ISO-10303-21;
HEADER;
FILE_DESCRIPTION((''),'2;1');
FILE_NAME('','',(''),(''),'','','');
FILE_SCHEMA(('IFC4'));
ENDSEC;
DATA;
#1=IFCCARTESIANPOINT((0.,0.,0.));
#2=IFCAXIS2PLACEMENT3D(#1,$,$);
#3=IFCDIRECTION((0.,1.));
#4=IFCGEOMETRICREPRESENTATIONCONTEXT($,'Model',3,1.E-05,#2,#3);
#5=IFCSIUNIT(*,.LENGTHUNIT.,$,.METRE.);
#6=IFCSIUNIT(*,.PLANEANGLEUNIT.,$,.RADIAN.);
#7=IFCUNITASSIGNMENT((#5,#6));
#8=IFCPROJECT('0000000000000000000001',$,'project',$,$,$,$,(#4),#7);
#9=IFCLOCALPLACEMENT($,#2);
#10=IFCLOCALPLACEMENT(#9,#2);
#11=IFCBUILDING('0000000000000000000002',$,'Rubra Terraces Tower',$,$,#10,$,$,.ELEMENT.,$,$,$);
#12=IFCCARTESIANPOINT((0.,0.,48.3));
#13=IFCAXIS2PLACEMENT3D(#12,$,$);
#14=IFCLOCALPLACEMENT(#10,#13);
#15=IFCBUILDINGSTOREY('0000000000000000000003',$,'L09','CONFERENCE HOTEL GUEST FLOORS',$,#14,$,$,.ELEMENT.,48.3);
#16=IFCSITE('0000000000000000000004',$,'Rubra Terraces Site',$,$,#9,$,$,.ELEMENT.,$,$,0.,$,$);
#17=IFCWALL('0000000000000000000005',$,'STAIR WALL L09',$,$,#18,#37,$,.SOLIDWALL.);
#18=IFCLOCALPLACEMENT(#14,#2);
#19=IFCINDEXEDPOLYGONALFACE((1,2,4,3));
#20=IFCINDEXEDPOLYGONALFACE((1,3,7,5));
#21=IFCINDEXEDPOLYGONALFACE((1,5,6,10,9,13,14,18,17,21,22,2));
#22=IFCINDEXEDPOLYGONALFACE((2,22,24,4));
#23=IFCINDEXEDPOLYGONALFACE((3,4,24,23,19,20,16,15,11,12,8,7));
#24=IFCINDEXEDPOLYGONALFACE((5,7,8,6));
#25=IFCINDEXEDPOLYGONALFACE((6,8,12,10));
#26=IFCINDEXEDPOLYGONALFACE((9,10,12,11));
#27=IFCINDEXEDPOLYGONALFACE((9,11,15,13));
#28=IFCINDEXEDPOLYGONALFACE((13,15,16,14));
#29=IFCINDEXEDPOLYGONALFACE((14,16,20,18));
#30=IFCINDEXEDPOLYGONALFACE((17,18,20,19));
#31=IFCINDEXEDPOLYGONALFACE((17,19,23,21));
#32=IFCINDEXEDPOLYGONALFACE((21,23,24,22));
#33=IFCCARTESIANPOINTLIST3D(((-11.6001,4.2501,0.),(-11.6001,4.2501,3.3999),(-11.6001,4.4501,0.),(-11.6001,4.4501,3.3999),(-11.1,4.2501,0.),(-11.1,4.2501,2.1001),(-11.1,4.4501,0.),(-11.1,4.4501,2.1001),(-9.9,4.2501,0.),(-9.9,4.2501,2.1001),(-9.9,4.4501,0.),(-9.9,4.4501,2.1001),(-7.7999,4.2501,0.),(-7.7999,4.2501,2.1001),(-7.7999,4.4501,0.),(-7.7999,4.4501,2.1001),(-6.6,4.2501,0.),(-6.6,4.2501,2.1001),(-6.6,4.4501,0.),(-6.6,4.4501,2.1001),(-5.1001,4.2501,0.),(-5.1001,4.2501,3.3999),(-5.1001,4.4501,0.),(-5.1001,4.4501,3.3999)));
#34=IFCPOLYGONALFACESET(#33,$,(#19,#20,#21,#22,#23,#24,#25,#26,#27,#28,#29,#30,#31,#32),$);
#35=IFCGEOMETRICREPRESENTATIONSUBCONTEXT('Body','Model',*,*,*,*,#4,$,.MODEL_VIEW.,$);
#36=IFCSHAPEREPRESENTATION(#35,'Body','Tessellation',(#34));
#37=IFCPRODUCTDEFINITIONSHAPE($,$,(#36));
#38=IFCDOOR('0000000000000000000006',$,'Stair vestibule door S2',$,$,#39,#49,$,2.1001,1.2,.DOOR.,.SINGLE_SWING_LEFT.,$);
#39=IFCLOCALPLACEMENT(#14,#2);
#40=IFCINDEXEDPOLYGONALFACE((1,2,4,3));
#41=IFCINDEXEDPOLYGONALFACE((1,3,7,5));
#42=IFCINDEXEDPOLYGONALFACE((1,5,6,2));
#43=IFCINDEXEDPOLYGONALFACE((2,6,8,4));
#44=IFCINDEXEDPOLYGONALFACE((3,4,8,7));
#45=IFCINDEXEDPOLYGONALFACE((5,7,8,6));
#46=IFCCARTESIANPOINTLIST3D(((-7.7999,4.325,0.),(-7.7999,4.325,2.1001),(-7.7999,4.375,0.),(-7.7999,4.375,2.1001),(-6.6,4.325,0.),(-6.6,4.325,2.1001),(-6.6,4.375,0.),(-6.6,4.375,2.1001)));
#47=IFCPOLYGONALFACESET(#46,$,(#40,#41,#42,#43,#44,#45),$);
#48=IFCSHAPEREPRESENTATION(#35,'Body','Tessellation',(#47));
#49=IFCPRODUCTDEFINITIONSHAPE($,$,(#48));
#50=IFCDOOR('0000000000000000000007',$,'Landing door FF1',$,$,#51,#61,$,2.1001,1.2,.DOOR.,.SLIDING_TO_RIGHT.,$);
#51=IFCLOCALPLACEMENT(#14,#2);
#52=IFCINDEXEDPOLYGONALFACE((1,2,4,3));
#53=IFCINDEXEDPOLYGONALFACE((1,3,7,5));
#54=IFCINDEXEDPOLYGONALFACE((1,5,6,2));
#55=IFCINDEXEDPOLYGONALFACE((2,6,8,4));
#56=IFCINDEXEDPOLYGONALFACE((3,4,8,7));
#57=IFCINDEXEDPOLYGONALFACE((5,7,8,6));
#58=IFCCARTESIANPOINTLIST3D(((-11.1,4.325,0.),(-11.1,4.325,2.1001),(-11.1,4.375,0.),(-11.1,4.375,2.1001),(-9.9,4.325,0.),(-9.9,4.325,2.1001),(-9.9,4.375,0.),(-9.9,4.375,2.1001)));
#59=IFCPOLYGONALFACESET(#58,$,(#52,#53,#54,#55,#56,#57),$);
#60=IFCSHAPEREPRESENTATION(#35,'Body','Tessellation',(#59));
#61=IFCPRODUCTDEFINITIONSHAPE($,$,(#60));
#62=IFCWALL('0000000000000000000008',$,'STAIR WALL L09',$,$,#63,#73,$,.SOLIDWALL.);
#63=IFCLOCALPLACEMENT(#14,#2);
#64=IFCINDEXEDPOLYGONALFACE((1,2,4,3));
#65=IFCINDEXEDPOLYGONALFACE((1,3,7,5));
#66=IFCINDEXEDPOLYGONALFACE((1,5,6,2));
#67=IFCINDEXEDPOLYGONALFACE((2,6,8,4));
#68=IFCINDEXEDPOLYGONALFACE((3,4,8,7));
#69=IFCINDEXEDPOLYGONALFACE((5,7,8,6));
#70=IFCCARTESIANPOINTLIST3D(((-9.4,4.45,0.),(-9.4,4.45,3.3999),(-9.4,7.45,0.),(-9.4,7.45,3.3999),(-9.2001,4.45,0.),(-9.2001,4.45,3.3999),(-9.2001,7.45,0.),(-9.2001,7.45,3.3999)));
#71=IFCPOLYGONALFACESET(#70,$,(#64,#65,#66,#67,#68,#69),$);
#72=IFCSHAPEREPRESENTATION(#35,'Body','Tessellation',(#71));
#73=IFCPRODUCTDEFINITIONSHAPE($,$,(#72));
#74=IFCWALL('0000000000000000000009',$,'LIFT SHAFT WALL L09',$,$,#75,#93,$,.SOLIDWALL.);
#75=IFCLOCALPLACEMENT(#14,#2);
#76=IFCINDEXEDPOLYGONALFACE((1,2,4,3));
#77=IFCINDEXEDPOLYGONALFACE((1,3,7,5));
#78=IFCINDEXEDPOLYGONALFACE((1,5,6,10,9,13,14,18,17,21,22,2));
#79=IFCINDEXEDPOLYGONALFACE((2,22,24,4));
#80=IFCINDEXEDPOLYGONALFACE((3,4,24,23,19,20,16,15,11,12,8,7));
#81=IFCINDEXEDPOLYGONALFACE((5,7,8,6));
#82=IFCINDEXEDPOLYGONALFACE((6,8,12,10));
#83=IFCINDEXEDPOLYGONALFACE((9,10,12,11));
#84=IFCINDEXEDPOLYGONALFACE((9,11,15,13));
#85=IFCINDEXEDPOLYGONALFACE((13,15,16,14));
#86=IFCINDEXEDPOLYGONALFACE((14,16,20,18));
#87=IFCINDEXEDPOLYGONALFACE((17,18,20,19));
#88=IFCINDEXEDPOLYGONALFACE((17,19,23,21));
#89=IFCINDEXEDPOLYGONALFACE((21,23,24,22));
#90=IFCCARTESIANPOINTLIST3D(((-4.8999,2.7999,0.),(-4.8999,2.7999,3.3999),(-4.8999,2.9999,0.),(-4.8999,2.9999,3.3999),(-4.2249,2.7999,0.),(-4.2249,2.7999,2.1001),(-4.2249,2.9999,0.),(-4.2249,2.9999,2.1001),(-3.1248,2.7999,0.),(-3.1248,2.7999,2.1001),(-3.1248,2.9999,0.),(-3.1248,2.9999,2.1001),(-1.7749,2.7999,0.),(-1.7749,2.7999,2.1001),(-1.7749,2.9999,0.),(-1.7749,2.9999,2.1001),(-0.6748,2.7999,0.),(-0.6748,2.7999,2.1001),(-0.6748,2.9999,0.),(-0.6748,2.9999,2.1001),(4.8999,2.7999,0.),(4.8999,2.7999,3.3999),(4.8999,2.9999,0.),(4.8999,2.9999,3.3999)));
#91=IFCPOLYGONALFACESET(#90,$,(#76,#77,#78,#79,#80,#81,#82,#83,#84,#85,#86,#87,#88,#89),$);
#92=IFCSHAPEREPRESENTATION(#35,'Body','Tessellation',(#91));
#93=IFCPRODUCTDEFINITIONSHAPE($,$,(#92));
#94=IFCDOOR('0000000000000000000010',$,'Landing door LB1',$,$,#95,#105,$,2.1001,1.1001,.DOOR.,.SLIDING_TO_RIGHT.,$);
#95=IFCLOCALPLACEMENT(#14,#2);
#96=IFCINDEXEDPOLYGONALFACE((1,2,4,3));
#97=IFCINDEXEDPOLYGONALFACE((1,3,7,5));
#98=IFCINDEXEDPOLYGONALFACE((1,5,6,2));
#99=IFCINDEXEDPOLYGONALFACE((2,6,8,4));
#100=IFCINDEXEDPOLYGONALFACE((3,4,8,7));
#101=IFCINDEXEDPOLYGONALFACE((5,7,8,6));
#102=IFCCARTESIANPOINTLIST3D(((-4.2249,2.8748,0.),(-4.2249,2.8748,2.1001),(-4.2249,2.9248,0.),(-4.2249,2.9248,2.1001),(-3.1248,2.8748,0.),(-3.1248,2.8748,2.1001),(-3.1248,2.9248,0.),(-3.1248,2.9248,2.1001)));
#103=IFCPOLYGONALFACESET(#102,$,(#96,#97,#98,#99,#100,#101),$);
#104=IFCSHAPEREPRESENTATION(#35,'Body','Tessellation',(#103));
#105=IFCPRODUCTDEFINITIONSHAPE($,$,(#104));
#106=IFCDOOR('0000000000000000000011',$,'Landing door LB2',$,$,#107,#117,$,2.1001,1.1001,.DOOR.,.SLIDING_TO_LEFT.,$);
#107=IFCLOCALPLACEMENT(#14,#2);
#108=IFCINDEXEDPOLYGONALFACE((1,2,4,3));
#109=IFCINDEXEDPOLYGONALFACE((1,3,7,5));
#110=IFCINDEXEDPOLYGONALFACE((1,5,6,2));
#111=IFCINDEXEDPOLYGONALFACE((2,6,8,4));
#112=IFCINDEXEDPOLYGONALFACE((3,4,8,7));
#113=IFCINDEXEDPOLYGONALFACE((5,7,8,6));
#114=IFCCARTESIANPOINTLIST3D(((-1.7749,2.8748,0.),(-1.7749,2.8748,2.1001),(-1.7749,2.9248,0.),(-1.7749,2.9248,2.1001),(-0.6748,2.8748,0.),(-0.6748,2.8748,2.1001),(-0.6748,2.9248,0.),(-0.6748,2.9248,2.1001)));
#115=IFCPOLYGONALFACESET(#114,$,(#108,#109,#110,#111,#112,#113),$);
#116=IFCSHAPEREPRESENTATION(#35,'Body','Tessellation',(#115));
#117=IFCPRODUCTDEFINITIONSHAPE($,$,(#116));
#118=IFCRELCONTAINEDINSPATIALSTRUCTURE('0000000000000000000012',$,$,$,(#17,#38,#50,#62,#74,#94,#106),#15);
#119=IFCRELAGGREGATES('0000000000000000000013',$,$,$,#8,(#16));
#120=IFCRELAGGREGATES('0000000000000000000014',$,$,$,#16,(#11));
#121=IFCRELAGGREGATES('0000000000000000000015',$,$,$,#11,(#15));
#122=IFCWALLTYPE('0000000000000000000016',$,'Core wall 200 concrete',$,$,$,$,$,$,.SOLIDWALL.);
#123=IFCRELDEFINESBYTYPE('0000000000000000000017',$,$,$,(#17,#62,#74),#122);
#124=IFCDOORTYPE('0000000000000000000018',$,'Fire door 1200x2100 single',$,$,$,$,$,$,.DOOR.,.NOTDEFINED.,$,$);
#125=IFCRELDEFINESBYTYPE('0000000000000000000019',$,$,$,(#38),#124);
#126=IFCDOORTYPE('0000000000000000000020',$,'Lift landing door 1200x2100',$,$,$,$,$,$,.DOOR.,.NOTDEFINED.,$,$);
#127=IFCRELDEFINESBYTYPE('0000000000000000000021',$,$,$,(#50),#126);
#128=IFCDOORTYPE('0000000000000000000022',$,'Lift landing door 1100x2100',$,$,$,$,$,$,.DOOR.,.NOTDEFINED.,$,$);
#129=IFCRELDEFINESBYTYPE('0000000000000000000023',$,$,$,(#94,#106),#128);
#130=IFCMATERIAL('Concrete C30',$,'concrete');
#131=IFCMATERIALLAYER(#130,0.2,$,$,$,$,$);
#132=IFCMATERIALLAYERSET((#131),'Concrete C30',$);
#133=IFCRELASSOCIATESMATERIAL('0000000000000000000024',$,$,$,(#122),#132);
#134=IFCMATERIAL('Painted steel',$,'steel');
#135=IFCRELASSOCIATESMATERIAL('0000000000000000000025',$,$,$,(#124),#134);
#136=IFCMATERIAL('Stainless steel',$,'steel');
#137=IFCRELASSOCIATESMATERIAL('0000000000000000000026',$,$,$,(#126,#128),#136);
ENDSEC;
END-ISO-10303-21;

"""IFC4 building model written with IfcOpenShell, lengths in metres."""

from ifc_helpers import new_model, si_unit, direction, frame, frame_2d, origin, place, context, subcontext, project, spatial, rectangle, extrude, material, layer, layer_set, type_object, element, fill, save


model = new_model("IFC4")

# Units and contexts
model_context = context("Model", 3, precision=1e-05, world=origin(), true_north=direction((0.0, 1.0)))
body_context = subcontext(model_context, "Body", "Model", "MODEL_VIEW")
ifc_project = project(units=[si_unit("LENGTHUNIT", "METRE"), si_unit("PLANEANGLEUNIT", "RADIAN")], contexts=[model_context])

# Site, building, storey
site_placement = place(None, origin())
site = spatial("IfcSite", under=ifc_project, at=site_placement, Name="Rubra Terraces Site", CompositionType="ELEMENT", RefElevation=0.0)
building_placement = place(site_placement, origin())
building = spatial("IfcBuilding", under=site, at=building_placement, Name="Rubra Terraces Tower", CompositionType="ELEMENT")
storey_placement = place(building_placement, frame((0.0, 0.0, 48.3)))
storey = spatial("IfcBuildingStorey", under=building, at=storey_placement, Name="L09", Description="CONFERENCE HOTEL GUEST FLOORS", CompositionType="ELEMENT", Elevation=48.3)

# Wall, openings, doors
ifc_material_1 = material(Name="Concrete C30", Category="concrete")
ifc_layer_1 = layer(ifc_material_1, 0.2)
ifc_layer_set_1 = layer_set([ifc_layer_1], Name="Concrete C30")
wall_type_1 = type_object("IfcWallType", Name="Core wall 200 concrete", PredefinedType="SOLIDWALL", material=ifc_layer_set_1)
wall_1_placement = place(storey_placement, frame((-11.6001, 4.3501, 0.0), z_axis=(0.0, 0.0, 1.0), x_axis=(1.0, 0.0, 0.0)))
wall_1 = element("IfcWall", 1, at=wall_1_placement, inside=storey, type_object=wall_type_1, Name="STAIR WALL L09", PredefinedType="SOLIDWALL", context=body_context, shape_type="SweptSolid", body=[
    extrude(rectangle(XDim=6.5, YDim=0.2, at=frame_2d((3.25, 0.0))), origin(), (0.0, 0.0, 1.0), 3.3999),
])
opening_1_placement = place(wall_1_placement, frame((3.8, 0.0, 0.0)))
opening_1 = element("IfcOpeningElement", 2, at=opening_1_placement, cuts=wall_1, PredefinedType="OPENING", context=body_context, shape_type="SweptSolid", body=[
    extrude(rectangle(XDim=1.2, YDim=2.1001, at=frame_2d((0.6001, 1.05))), frame((0.0, 0.1099, 0.0), z_axis=(0.0, -1.0, 0.0), x_axis=(1.0, 0.0, 0.0)), (0.0, 0.0, 1.0), 0.22),
])
opening_2_placement = place(wall_1_placement, frame((0.5, 0.0, 0.0)))
opening_2 = element("IfcOpeningElement", 3, at=opening_2_placement, cuts=wall_1, PredefinedType="OPENING", context=body_context, shape_type="SweptSolid", body=[
    extrude(rectangle(XDim=1.2, YDim=2.1001, at=frame_2d((0.6001, 1.05))), frame((0.0, 0.1099, 0.0), z_axis=(0.0, -1.0, 0.0), x_axis=(1.0, 0.0, 0.0)), (0.0, 0.0, 1.0), 0.22),
])
ifc_material_2 = material(Name="Painted steel", Category="steel")
door_type_1 = type_object("IfcDoorType", Name="Fire door 1200x2100 single", OperationType="NOTDEFINED", PredefinedType="DOOR", material=ifc_material_2)
door_1_placement = place(opening_1_placement, origin())
door_1 = element("IfcDoor", 4, at=door_1_placement, inside=storey, type_object=door_type_1, Name="Stair vestibule door S2", OperationType="SINGLE_SWING_LEFT", OverallHeight=2.1001, OverallWidth=1.2, PredefinedType="DOOR", context=body_context, shape_type="SweptSolid", body=[
    extrude(rectangle(XDim=1.2, YDim=2.1001, at=frame_2d((0.6001, 1.05))), frame((0.0, 0.0249, 0.0), z_axis=(0.0, -1.0, 0.0), x_axis=(1.0, 0.0, 0.0)), (0.0, 0.0, 1.0), 0.05),
])
fill(opening_1, door_1)
ifc_material_3 = material(Name="Stainless steel", Category="steel")
door_type_2 = type_object("IfcDoorType", Name="Lift landing door 1200x2100", OperationType="NOTDEFINED", PredefinedType="DOOR", material=ifc_material_3)
door_2_placement = place(opening_2_placement, origin())
door_2 = element("IfcDoor", 5, at=door_2_placement, inside=storey, type_object=door_type_2, Name="Landing door FF1", OperationType="SLIDING_TO_RIGHT", OverallHeight=2.1001, OverallWidth=1.2, PredefinedType="DOOR", context=body_context, shape_type="SweptSolid", body=[
    extrude(rectangle(XDim=1.2, YDim=2.1001, at=frame_2d((0.6001, 1.05))), frame((0.0, 0.0249, 0.0), z_axis=(0.0, -1.0, 0.0), x_axis=(1.0, 0.0, 0.0)), (0.0, 0.0, 1.0), 0.05),
])
fill(opening_2, door_2)

# Wall
wall_2_placement = place(storey_placement, frame((-9.3, 4.45, 0.0), z_axis=(0.0, 0.0, 1.0), x_axis=(0.0, 1.0, 0.0)))
element("IfcWall", 6, at=wall_2_placement, inside=storey, type_object=wall_type_1, Name="STAIR WALL L09", PredefinedType="SOLIDWALL", context=body_context, shape_type="SweptSolid", body=[
    extrude(rectangle(XDim=3.0, YDim=0.2, at=frame_2d((1.5, 0.0))), origin(), (0.0, 0.0, 1.0), 3.3999),
])

# Wall, openings, doors
wall_3_placement = place(storey_placement, frame((-4.8999, 2.8999, 0.0), z_axis=(0.0, 0.0, 1.0), x_axis=(1.0, 0.0, 0.0)))
wall_3 = element("IfcWall", 7, at=wall_3_placement, inside=storey, type_object=wall_type_1, Name="LIFT SHAFT WALL L09", PredefinedType="SOLIDWALL", context=body_context, shape_type="SweptSolid", body=[
    extrude(rectangle(XDim=9.7998, YDim=0.2, at=frame_2d((4.8999, 0.0))), origin(), (0.0, 0.0, 1.0), 3.3999),
])
opening_3_placement = place(wall_3_placement, frame((0.675, 0.0, 0.0)))
opening_3 = element("IfcOpeningElement", 8, at=opening_3_placement, cuts=wall_3, PredefinedType="OPENING", context=body_context, shape_type="SweptSolid", body=[
    extrude(rectangle(XDim=1.1001, YDim=2.1001, at=frame_2d((0.55, 1.05))), frame((0.0, 0.1099, 0.0), z_axis=(0.0, -1.0, 0.0), x_axis=(1.0, 0.0, 0.0)), (0.0, 0.0, 1.0), 0.22),
])
opening_4_placement = place(wall_3_placement, frame((3.125, 0.0, 0.0)))
opening_4 = element("IfcOpeningElement", 9, at=opening_4_placement, cuts=wall_3, PredefinedType="OPENING", context=body_context, shape_type="SweptSolid", body=[
    extrude(rectangle(XDim=1.1001, YDim=2.1001, at=frame_2d((0.55, 1.05))), frame((0.0, 0.1099, 0.0), z_axis=(0.0, -1.0, 0.0), x_axis=(1.0, 0.0, 0.0)), (0.0, 0.0, 1.0), 0.22),
])
door_type_3 = type_object("IfcDoorType", Name="Lift landing door 1100x2100", OperationType="NOTDEFINED", PredefinedType="DOOR", material=ifc_material_3)
door_3_placement = place(opening_3_placement, origin())
door_3 = element("IfcDoor", 10, at=door_3_placement, inside=storey, type_object=door_type_3, Name="Landing door LB1", OperationType="SLIDING_TO_RIGHT", OverallHeight=2.1001, OverallWidth=1.1001, PredefinedType="DOOR", context=body_context, shape_type="SweptSolid", body=[
    extrude(rectangle(XDim=1.1001, YDim=2.1001, at=frame_2d((0.55, 1.05))), frame((0.0, 0.0249, 0.0), z_axis=(0.0, -1.0, 0.0), x_axis=(1.0, 0.0, 0.0)), (0.0, 0.0, 1.0), 0.05),
])
fill(opening_3, door_3)
door_4_placement = place(opening_4_placement, origin())
door_4 = element("IfcDoor", 11, at=door_4_placement, inside=storey, type_object=door_type_3, Name="Landing door LB2", OperationType="SLIDING_TO_LEFT", OverallHeight=2.1001, OverallWidth=1.1001, PredefinedType="DOOR", context=body_context, shape_type="SweptSolid", body=[
    extrude(rectangle(XDim=1.1001, YDim=2.1001, at=frame_2d((0.55, 1.05))), frame((0.0, 0.0249, 0.0), z_axis=(0.0, -1.0, 0.0), x_axis=(1.0, 0.0, 0.0)), (0.0, 0.0, 1.0), 0.05),
])
fill(opening_4, door_4)

save(model, "model.ifc")
